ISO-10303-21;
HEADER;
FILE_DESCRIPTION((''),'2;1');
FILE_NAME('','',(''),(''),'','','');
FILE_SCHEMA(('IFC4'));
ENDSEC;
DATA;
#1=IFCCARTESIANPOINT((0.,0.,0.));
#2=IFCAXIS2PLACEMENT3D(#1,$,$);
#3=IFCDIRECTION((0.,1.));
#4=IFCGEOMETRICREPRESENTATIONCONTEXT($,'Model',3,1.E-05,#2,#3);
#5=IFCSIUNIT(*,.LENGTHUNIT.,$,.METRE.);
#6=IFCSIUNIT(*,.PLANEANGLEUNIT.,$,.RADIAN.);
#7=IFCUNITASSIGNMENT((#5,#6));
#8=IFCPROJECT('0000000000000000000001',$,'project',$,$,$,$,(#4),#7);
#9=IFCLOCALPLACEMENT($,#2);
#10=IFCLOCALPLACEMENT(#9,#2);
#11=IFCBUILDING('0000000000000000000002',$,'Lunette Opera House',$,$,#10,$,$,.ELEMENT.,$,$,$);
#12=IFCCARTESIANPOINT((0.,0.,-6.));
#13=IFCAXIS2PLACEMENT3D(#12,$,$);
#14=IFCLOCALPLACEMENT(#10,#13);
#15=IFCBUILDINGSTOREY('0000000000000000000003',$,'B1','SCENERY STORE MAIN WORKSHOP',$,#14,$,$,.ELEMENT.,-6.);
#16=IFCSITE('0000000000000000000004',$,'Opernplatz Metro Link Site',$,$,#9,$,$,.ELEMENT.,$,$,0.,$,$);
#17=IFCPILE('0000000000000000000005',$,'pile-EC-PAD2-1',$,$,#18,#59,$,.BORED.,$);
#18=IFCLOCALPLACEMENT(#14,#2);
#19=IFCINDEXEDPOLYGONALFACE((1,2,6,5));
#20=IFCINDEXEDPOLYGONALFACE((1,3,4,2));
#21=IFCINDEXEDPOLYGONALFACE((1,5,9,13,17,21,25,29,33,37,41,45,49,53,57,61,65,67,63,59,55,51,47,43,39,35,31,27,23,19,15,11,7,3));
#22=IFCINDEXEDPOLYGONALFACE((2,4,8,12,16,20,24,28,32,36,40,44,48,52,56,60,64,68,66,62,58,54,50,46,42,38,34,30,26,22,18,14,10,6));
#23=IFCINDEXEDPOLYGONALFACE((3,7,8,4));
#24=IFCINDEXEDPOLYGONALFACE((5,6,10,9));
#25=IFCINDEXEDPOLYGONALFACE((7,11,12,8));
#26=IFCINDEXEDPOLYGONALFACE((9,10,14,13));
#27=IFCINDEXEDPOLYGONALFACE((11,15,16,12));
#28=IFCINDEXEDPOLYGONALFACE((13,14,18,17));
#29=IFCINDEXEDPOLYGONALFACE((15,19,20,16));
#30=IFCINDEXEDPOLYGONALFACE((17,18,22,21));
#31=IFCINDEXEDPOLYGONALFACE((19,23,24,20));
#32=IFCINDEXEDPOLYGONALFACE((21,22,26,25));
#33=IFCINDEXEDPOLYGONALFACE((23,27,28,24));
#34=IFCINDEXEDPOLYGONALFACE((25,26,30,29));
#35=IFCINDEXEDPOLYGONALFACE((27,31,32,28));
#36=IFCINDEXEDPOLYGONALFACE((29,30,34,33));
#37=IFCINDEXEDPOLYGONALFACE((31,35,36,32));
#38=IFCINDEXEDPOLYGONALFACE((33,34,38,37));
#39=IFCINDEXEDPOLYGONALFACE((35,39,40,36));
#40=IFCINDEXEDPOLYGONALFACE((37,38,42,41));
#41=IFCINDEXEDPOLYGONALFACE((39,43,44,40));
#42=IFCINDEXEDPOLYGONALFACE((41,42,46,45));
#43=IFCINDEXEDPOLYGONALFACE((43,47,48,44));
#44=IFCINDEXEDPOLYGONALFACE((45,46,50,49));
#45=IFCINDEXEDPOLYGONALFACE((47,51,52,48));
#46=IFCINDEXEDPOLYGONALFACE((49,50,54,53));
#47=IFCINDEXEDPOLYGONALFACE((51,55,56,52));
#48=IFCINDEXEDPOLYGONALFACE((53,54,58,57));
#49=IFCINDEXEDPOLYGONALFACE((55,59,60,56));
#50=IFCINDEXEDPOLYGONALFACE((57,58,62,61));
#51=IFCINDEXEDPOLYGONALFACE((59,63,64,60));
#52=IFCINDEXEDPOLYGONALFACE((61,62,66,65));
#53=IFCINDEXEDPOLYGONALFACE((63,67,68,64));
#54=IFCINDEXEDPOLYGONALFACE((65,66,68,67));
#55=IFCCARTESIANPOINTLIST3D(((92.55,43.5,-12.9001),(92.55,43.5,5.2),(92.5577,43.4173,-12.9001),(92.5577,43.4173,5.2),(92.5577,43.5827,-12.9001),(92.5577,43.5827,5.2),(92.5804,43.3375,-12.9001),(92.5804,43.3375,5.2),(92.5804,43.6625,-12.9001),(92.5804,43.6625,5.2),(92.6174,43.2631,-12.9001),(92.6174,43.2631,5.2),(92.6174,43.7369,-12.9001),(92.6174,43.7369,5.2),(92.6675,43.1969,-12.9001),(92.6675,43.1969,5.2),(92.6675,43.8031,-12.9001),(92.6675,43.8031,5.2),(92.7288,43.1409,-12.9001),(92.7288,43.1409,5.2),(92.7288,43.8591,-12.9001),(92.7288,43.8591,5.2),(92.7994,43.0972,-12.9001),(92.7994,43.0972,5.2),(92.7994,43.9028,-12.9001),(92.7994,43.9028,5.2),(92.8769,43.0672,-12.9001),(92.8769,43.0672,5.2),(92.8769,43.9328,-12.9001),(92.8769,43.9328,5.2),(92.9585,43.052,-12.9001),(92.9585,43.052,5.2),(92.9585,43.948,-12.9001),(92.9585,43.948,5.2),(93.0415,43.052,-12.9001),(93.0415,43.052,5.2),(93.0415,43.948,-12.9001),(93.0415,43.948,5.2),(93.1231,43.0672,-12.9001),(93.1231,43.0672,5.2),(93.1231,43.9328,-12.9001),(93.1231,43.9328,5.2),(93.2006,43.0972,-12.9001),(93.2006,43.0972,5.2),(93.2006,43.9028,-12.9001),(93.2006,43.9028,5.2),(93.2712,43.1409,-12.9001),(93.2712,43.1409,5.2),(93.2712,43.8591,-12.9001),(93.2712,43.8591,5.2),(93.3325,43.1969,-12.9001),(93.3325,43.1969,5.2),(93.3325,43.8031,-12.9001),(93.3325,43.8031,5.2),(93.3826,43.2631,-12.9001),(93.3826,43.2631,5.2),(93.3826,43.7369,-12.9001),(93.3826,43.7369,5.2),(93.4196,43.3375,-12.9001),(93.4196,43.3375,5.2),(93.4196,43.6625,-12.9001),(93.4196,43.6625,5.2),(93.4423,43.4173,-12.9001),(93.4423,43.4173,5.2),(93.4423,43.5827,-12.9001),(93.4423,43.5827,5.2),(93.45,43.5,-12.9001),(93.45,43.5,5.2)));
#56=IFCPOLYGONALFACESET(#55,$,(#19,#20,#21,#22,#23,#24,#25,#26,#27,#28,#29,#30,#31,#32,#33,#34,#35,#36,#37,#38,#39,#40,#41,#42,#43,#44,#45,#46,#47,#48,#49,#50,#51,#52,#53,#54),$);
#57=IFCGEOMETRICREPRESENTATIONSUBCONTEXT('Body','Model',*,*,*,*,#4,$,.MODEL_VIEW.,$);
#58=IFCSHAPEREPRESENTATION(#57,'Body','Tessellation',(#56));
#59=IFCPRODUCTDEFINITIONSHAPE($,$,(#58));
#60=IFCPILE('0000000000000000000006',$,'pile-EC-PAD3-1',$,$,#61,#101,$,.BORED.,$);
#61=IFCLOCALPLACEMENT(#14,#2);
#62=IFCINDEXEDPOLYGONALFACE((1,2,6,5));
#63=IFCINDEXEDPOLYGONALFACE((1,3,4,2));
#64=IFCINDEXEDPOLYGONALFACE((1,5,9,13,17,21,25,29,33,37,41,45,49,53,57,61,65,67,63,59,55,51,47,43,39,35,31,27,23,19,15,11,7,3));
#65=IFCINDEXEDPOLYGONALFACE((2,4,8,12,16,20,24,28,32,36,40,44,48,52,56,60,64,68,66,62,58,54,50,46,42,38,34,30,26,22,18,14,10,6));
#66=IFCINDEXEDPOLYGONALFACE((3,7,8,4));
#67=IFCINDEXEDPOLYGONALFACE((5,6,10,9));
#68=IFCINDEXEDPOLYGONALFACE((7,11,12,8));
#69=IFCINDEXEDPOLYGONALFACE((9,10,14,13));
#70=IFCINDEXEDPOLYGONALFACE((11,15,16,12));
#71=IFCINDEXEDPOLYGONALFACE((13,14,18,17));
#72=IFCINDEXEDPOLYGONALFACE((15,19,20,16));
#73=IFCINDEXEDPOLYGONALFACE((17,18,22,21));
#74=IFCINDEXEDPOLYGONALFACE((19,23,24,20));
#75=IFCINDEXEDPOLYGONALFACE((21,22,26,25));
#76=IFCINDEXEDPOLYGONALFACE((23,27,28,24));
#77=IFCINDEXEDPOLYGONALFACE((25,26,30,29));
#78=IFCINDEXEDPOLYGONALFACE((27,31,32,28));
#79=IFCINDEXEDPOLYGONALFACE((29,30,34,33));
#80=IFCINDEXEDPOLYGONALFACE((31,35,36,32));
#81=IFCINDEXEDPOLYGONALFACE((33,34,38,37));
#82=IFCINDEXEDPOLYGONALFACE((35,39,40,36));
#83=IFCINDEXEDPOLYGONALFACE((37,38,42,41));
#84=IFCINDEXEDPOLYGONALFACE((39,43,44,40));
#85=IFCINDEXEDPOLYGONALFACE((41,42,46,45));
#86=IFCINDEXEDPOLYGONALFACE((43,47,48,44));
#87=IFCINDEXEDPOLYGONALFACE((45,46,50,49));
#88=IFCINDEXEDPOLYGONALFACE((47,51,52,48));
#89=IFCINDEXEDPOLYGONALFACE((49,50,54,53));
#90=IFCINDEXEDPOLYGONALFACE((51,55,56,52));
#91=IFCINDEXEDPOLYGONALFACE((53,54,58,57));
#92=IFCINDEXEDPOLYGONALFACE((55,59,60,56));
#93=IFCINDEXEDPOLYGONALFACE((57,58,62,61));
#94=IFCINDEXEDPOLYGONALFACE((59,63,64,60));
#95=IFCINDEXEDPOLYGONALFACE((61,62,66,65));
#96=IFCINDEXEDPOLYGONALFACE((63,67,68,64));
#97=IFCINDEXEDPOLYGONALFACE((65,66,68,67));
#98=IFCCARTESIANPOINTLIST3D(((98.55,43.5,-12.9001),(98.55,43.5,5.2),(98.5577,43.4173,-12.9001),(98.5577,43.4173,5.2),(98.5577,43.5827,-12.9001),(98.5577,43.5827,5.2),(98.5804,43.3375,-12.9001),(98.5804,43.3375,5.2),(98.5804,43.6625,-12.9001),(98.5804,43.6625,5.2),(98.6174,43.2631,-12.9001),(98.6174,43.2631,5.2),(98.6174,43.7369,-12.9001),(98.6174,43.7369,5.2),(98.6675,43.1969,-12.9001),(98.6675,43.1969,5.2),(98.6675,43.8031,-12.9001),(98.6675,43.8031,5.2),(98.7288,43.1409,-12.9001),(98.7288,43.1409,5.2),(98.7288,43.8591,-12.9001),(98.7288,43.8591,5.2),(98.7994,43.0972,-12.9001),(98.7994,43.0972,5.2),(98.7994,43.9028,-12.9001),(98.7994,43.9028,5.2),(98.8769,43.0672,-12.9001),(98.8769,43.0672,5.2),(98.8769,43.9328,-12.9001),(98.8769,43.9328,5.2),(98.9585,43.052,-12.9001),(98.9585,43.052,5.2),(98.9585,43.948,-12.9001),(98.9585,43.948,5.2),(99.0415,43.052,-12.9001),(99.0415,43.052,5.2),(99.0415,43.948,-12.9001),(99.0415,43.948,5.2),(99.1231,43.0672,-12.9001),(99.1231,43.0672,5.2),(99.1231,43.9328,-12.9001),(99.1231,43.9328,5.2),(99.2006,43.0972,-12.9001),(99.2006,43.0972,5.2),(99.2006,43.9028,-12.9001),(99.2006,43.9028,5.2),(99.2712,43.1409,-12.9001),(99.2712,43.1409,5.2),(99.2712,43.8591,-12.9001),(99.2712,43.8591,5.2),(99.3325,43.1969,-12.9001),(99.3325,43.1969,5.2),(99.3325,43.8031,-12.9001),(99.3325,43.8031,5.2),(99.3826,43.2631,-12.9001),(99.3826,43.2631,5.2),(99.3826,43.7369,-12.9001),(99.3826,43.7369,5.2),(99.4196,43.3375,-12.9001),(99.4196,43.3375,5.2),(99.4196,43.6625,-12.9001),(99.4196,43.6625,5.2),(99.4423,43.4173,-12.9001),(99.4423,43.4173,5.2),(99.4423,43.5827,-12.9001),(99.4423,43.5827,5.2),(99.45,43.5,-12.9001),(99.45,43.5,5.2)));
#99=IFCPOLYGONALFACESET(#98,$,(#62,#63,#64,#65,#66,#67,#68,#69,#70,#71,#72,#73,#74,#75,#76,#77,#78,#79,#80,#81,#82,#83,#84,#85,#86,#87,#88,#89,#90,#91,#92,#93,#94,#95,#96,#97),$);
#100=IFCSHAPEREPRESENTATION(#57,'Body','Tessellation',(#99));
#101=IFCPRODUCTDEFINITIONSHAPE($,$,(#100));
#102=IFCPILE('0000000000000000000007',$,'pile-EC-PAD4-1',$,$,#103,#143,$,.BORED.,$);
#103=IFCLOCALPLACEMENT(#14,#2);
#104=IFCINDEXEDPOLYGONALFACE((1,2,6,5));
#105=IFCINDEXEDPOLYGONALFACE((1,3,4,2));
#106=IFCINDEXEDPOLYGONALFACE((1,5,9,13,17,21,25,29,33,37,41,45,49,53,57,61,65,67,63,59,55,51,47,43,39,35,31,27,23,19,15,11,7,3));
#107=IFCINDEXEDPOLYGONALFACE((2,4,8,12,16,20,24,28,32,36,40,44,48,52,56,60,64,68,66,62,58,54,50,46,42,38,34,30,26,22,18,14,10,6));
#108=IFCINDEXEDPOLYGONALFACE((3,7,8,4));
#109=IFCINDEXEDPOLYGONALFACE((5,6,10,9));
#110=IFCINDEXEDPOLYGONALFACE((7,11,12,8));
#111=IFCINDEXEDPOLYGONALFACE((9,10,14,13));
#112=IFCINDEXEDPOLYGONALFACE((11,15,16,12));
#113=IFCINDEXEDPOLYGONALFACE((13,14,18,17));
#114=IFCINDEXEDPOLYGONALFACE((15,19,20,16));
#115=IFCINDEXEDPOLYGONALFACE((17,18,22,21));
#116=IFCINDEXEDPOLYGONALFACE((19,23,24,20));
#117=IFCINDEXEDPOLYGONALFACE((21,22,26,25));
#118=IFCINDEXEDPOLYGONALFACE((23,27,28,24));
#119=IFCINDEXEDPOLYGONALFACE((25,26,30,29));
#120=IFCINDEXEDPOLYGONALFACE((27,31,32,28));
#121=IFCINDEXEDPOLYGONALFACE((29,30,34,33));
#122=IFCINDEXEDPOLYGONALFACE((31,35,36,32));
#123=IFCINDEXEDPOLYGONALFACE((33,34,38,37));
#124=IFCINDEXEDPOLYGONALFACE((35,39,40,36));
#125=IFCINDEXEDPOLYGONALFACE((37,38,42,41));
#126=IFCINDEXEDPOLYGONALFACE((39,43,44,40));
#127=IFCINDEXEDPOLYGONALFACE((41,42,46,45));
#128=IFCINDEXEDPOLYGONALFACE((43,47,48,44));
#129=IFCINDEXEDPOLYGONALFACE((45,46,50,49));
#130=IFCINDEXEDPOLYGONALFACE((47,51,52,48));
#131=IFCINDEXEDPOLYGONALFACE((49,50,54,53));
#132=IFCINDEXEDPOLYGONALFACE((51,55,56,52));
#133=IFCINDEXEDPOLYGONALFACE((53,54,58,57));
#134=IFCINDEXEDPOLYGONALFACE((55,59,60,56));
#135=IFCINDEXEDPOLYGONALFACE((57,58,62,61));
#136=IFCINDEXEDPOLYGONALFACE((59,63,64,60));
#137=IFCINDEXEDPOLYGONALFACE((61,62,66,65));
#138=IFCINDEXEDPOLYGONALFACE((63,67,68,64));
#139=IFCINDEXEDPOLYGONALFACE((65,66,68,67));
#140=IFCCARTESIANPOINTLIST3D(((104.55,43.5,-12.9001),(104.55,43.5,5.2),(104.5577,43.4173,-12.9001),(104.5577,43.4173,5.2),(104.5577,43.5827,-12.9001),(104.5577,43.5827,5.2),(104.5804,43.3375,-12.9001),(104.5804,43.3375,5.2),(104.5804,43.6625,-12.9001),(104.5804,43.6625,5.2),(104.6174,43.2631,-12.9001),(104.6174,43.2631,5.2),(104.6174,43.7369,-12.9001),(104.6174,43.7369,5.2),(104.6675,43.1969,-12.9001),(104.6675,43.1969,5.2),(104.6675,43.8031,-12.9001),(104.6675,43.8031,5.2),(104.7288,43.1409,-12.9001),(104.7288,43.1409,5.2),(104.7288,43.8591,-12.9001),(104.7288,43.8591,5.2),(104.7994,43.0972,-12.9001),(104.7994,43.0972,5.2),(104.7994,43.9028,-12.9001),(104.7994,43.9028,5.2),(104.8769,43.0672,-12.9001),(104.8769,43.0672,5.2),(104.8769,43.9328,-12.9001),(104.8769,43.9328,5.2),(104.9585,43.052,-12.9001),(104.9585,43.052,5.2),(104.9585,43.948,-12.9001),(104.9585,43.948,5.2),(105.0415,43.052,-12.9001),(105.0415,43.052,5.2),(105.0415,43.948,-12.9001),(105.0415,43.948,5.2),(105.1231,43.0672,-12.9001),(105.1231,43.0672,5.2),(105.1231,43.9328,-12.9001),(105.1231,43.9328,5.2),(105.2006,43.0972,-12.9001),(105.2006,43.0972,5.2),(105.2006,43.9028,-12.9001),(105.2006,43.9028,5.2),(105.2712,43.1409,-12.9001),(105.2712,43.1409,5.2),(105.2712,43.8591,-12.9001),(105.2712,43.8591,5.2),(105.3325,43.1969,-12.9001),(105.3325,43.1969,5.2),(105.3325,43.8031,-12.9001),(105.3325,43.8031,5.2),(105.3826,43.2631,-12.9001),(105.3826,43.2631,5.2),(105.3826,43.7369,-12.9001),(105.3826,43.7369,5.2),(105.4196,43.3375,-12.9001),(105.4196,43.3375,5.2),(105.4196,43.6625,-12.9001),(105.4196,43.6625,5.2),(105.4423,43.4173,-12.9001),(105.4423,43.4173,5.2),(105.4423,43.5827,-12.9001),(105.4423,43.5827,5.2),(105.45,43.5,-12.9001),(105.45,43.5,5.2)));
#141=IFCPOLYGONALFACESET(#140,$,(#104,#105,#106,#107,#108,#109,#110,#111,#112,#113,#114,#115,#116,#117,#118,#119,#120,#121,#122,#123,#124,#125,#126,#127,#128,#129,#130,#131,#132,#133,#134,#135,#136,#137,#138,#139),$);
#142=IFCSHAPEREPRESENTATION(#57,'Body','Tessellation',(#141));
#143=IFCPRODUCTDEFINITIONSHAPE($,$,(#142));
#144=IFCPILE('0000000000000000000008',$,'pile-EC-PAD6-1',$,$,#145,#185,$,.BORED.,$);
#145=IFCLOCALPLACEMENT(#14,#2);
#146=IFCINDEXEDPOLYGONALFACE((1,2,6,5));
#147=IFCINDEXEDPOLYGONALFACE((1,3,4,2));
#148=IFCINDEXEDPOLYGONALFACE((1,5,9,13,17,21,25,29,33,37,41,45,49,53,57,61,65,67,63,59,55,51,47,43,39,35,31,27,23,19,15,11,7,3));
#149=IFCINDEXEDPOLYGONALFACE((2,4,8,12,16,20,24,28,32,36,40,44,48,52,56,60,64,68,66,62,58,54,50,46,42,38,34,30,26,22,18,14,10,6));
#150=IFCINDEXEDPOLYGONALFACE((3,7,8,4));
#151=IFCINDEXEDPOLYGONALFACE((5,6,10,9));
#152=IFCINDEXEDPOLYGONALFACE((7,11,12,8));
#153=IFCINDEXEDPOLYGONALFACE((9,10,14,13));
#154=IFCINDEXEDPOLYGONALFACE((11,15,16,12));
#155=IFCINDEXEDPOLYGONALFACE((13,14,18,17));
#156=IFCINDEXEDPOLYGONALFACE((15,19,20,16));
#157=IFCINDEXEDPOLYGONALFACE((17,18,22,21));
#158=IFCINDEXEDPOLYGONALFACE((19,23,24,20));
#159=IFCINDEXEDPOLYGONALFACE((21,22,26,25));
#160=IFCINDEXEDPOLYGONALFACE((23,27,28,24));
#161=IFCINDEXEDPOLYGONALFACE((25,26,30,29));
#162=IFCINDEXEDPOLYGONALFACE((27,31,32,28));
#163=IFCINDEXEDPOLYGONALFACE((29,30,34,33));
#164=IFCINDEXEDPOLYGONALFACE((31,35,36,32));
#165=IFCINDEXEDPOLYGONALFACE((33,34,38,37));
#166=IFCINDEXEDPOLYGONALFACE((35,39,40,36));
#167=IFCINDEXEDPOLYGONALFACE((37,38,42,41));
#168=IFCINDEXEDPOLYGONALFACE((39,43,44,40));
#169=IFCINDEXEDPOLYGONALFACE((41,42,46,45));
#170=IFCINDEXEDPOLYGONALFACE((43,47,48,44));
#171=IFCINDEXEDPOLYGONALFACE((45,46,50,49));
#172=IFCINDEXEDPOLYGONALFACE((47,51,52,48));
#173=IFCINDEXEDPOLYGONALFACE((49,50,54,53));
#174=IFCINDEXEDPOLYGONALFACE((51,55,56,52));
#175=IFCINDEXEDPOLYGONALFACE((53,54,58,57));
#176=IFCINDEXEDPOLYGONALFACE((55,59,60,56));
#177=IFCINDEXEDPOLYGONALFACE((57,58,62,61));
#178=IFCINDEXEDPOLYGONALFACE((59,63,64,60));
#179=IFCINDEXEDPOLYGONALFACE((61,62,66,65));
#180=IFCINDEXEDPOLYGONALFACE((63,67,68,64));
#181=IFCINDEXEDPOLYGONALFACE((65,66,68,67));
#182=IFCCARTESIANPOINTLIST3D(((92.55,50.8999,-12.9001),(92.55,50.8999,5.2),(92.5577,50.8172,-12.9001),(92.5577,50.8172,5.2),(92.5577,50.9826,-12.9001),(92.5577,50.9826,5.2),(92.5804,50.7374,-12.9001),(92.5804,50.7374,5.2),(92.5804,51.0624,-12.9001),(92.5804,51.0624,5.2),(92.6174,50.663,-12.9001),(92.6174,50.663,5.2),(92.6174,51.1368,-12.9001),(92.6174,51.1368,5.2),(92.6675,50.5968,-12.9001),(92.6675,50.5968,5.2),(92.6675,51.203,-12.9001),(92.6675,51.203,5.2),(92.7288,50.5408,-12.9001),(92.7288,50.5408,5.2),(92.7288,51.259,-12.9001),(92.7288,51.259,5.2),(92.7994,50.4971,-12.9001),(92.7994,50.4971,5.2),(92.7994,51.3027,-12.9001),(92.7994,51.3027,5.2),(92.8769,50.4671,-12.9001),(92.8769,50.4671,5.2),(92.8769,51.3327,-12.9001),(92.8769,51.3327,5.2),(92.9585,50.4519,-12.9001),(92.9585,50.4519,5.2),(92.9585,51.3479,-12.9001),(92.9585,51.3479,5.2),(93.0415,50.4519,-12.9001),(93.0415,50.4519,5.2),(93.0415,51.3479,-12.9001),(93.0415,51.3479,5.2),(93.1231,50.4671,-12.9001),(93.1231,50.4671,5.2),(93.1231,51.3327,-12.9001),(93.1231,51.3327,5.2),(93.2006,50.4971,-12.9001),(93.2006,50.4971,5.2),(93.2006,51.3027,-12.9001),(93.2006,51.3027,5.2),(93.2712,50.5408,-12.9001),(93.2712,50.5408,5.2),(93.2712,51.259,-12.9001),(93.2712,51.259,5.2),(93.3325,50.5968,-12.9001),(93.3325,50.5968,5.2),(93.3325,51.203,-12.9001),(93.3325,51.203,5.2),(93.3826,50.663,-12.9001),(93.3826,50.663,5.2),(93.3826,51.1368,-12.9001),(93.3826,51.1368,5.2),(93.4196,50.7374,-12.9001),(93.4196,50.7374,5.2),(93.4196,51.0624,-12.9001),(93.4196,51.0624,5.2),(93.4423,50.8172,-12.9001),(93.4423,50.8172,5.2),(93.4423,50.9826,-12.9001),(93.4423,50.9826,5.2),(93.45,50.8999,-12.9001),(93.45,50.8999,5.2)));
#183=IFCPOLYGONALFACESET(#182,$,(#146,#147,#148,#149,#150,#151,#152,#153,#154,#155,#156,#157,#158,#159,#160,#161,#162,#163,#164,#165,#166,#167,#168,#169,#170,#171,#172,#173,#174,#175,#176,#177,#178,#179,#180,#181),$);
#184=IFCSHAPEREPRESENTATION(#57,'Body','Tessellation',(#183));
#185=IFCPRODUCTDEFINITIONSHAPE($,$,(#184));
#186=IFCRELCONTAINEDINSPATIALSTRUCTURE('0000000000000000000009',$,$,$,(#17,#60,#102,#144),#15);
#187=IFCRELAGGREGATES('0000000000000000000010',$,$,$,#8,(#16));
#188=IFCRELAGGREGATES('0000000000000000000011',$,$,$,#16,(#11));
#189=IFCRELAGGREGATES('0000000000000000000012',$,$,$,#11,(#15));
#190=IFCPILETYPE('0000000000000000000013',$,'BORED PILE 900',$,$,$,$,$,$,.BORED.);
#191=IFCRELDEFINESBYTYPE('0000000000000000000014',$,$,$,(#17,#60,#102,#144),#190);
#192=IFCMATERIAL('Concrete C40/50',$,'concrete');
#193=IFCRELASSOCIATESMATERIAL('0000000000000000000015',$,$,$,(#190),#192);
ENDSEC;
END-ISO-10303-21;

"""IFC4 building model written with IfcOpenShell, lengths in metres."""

from ifc_helpers import new_model, si_unit, direction, frame, origin, origin_2d, place, context, subcontext, project, spatial, circle, extrude, material, material_profile, profile_set, type_object, element, save


model = new_model("IFC4")

# Units and contexts
model_context = context("Model", 3, precision=1e-05, world=origin(), true_north=direction((0.0, 1.0)))
body_context = subcontext(model_context, "Body", "Model", "MODEL_VIEW")
ifc_project = project(units=[si_unit("LENGTHUNIT", "METRE"), si_unit("PLANEANGLEUNIT", "RADIAN")], contexts=[model_context])

# Site, building, storey
site_placement = place(None, origin())
site = spatial("IfcSite", under=ifc_project, at=site_placement, Name="Opernplatz Metro Link Site", CompositionType="ELEMENT", RefElevation=0.0)
building_placement = place(site_placement, origin())
building = spatial("IfcBuilding", under=site, at=building_placement, Name="Lunette Opera House", CompositionType="ELEMENT")
storey_placement = place(building_placement, frame((0.0, 0.0, -6.0)))
storey = spatial("IfcBuildingStorey", under=building, at=storey_placement, Name="B1", Description="SCENERY STORE MAIN WORKSHOP", CompositionType="ELEMENT", Elevation=-6.0)

# Piles
ifc_material_1 = material(Name="Concrete C40/50", Category="concrete")
ifc_material_profile_1 = material_profile(ifc_material_1, circle(Radius=0.45, at=origin_2d()), Name="BORED PILE 900")
ifc_profile_set_1 = profile_set([ifc_material_profile_1], Name="Concrete C40/50")
pile_type = type_object("IfcPileType", Name="BORED PILE 900", PredefinedType="BORED", material=ifc_profile_set_1)
for number, where, z_axis, x_axis, name in (
    (1, (93.0, 43.5, 5.2), (0.0, 0.0, -1.0), (1.0, 0.0, 0.0), "pile-EC-PAD2-1"),
    (2, (99.0, 43.5, 5.2), (0.0, 0.0, -1.0), (1.0, 0.0, 0.0), "pile-EC-PAD3-1"),
    (3, (105.0, 43.5, 5.2), (0.0, 0.0, -1.0), (1.0, 0.0, 0.0), "pile-EC-PAD4-1"),
    (4, (93.0, 50.8999, 5.2), (0.0, 0.0, -1.0), (1.0, 0.0, 0.0), "pile-EC-PAD6-1"),
):
    element("IfcPile", number, at=place(storey_placement, frame(where, z_axis=z_axis, x_axis=x_axis)), inside=storey, type_object=pile_type, Name=name, PredefinedType="BORED", context=body_context, shape_type="SweptSolid", body=[
        extrude(circle(Radius=0.45, at=origin_2d()), origin(), (0.0, 0.0, 1.0), 18.1001),
    ])

save(model, "model.ifc")
